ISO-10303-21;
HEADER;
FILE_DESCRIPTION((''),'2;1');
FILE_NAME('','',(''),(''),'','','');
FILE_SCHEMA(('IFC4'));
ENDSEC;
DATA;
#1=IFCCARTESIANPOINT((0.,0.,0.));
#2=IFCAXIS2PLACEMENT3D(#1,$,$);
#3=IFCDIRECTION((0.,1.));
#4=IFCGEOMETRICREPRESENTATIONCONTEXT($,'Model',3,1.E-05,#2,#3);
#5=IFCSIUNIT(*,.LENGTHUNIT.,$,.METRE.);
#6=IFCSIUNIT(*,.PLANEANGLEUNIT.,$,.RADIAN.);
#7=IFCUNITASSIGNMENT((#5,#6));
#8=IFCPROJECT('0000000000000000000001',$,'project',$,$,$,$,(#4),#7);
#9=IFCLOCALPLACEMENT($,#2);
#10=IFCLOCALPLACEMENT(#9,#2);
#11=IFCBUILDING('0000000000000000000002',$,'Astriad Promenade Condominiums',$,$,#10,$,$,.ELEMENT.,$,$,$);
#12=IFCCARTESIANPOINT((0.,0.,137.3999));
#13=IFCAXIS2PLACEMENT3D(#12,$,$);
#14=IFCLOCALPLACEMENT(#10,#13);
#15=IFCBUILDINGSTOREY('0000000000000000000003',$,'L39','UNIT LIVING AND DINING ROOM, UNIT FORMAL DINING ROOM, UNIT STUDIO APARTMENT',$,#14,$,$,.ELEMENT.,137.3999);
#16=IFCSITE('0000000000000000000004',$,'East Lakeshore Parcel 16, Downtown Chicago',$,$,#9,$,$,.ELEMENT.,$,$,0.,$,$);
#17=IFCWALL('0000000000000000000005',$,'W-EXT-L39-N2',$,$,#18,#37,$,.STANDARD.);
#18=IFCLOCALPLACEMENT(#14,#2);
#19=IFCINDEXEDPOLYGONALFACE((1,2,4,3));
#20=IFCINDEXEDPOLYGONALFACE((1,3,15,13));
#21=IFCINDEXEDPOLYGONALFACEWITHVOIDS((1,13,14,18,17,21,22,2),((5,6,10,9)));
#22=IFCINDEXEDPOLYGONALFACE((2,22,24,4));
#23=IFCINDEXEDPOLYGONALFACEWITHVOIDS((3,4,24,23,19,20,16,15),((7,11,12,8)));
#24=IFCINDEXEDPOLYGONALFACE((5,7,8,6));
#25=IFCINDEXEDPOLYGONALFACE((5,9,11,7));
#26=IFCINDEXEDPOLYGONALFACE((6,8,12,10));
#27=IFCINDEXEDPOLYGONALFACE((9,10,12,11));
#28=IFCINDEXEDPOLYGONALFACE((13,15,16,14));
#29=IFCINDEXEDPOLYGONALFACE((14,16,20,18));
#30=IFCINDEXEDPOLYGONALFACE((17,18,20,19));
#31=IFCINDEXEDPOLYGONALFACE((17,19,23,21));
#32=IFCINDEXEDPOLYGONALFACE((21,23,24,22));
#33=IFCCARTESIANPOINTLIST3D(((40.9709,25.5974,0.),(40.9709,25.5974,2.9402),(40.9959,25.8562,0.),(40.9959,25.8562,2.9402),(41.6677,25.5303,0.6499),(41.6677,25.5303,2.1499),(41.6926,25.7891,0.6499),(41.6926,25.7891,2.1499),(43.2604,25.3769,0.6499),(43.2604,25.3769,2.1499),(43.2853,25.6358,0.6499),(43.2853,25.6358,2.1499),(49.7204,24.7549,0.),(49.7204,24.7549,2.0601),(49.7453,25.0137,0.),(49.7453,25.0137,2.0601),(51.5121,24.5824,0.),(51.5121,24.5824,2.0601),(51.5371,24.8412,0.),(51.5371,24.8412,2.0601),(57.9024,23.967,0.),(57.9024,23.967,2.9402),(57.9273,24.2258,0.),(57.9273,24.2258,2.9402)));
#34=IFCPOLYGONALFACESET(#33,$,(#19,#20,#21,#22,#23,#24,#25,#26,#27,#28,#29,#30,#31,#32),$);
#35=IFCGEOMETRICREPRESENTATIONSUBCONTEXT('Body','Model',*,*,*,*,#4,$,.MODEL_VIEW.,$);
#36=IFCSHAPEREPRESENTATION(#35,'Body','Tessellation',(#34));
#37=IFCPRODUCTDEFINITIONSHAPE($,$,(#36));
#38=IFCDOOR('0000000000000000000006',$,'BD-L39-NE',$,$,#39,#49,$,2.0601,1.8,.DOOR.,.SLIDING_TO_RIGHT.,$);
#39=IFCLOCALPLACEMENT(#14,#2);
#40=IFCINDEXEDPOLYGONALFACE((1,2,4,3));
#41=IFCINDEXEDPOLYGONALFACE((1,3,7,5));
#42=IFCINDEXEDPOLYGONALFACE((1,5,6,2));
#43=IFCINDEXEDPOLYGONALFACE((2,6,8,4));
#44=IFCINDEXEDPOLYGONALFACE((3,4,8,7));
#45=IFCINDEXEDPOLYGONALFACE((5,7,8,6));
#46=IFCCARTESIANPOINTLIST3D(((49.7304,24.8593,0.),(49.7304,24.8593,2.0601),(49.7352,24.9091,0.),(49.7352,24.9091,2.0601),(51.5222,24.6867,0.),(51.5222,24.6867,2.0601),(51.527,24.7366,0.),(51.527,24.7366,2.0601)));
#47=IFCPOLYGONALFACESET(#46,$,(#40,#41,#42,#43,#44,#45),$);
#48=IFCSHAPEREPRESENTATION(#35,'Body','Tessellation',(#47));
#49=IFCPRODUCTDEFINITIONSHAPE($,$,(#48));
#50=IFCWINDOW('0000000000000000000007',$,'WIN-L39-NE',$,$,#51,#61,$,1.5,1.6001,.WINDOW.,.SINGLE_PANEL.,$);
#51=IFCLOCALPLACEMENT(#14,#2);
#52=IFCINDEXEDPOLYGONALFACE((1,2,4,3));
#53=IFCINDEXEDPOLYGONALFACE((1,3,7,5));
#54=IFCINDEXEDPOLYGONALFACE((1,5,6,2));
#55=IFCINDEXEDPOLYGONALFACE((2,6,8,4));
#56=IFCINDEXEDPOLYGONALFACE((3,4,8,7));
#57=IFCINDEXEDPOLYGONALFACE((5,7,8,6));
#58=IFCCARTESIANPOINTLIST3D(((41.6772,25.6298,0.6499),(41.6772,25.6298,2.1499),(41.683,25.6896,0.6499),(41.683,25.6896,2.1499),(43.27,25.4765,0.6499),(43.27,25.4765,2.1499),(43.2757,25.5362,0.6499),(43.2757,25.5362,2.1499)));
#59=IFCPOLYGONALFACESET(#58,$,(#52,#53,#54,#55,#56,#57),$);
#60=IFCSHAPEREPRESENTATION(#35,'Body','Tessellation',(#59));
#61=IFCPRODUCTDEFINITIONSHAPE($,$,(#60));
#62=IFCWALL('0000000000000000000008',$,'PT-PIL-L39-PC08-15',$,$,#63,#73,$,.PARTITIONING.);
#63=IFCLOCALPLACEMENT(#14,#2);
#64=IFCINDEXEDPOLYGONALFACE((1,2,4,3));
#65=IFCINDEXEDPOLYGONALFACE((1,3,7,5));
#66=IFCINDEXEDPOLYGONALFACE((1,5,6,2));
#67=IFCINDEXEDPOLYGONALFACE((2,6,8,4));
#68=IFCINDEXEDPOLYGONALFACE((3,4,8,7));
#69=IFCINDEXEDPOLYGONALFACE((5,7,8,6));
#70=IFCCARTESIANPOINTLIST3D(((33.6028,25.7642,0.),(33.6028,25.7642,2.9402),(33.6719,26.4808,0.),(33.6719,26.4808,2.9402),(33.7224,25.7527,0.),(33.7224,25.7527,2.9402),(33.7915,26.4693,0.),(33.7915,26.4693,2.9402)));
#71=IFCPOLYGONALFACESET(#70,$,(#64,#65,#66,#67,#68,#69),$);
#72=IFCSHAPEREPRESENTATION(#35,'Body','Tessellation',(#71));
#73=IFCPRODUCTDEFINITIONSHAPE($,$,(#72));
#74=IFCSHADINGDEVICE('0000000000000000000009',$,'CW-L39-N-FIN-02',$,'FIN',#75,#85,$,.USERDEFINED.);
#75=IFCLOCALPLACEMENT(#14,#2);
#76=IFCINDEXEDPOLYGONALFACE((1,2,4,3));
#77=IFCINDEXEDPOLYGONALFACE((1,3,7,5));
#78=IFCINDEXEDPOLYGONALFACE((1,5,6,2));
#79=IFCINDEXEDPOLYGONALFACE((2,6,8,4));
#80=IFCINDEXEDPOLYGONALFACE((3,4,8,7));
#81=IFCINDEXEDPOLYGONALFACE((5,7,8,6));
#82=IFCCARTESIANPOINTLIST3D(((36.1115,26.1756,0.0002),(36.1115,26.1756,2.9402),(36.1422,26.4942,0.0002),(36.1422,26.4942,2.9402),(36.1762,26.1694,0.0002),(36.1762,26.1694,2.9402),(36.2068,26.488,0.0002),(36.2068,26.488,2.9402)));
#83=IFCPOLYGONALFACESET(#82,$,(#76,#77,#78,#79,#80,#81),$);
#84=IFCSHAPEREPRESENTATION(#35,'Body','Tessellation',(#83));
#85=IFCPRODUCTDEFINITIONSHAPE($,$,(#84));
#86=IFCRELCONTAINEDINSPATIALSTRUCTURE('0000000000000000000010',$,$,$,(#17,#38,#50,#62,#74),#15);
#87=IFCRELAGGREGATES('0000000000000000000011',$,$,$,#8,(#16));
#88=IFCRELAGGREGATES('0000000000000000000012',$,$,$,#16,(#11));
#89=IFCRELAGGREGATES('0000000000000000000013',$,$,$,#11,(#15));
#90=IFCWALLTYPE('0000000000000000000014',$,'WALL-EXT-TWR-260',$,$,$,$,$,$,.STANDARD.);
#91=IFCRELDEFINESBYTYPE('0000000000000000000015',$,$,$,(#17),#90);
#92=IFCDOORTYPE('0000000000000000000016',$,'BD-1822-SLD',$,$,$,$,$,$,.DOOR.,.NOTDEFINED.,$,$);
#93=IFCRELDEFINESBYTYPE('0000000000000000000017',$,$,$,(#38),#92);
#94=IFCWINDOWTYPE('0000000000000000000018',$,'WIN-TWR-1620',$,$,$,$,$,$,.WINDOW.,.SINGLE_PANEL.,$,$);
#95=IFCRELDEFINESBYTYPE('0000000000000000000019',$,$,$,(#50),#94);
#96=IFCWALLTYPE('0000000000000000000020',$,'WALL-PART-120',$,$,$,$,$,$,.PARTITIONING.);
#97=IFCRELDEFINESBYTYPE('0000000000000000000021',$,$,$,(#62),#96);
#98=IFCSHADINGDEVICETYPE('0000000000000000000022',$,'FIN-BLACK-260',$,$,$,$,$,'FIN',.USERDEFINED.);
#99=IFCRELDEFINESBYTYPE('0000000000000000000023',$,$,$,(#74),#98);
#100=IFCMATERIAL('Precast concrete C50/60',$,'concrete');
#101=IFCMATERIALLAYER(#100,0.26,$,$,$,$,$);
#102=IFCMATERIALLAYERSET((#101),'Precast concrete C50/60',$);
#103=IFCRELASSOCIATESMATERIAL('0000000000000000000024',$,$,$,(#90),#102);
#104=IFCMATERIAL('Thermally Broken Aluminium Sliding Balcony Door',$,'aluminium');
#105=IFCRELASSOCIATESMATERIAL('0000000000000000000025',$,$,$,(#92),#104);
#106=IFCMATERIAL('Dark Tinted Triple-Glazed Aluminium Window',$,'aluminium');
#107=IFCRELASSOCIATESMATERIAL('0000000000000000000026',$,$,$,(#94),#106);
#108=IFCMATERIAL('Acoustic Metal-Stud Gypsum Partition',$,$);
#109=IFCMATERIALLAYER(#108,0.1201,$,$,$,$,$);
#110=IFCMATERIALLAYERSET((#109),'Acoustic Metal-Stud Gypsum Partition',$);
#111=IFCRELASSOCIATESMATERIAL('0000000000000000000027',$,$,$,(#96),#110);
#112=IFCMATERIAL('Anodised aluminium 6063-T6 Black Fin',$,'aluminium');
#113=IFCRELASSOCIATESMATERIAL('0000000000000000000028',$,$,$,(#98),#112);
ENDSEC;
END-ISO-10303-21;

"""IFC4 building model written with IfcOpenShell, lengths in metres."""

from ifc_helpers import new_model, si_unit, direction, frame, frame_2d, origin, origin_2d, place, context, subcontext, project, spatial, rectangle, extrude, source, transform, mapped, material, layer, layer_set, type_object, type_shapes, element, fill, save


model = new_model("IFC4")

# Units and contexts
model_context = context("Model", 3, precision=1e-05, world=origin(), true_north=direction((0.0, 1.0)))
body_context = subcontext(model_context, "Body", "Model", "MODEL_VIEW")
ifc_project = project(units=[si_unit("LENGTHUNIT", "METRE"), si_unit("PLANEANGLEUNIT", "RADIAN")], contexts=[model_context])

# Site, building, storey
site_placement = place(None, origin())
site = spatial("IfcSite", under=ifc_project, at=site_placement, Name="East Lakeshore Parcel 16, Downtown Chicago", CompositionType="ELEMENT", RefElevation=0.0)
building_placement = place(site_placement, origin())
building = spatial("IfcBuilding", under=site, at=building_placement, Name="Astriad Promenade Condominiums", CompositionType="ELEMENT")
storey_placement = place(building_placement, frame((0.0, 0.0, 137.3999)))
storey = spatial("IfcBuildingStorey", under=building, at=storey_placement, Name="L39", Description="UNIT LIVING AND DINING ROOM, UNIT FORMAL DINING ROOM, UNIT STUDIO APARTMENT", CompositionType="ELEMENT", Elevation=137.3999)

# Wall, openings, door, window
ifc_material_1 = material(Name="Precast concrete C50/60", Category="concrete")
ifc_layer_1 = layer(ifc_material_1, 0.26)
ifc_layer_set_1 = layer_set([ifc_layer_1], Name="Precast concrete C50/60")
wall_type_1 = type_object("IfcWallType", Name="WALL-EXT-TWR-260", PredefinedType="STANDARD", material=ifc_layer_set_1)
wall_1_placement = place(storey_placement, frame((40.9834, 25.7268, 0.0), z_axis=(0.0, 0.0, 1.0), x_axis=(0.995396, -0.095849, 0.0)))
wall_1 = element("IfcWall", 1, at=wall_1_placement, inside=storey, type_object=wall_type_1, Name="W-EXT-L39-N2", PredefinedType="STANDARD", context=body_context, shape_type="SweptSolid", body=[
    extrude(rectangle(XDim=17.0098, YDim=0.26, at=frame_2d((8.5049, 0.0))), origin(), (0.0, 0.0, 1.0), 2.9402),
])
opening_1_placement = place(wall_1_placement, frame((8.79, 0.0, 0.0)))
opening_1 = element("IfcOpeningElement", 2, at=opening_1_placement, cuts=wall_1, PredefinedType="OPENING", context=body_context, shape_type="SweptSolid", body=[
    extrude(rectangle(XDim=1.8, YDim=2.0601, at=frame_2d((0.8999, 1.03))), frame((0.0, 0.1399, 0.0), z_axis=(0.0, -1.0, 0.0), x_axis=(1.0, 0.0, 0.0)), (0.0, 0.0, 1.0), 0.28),
])
opening_2_placement = place(wall_1_placement, frame((0.7, 0.0, 0.6499)))
opening_2 = element("IfcOpeningElement", 3, at=opening_2_placement, cuts=wall_1, PredefinedType="OPENING", context=body_context, shape_type="SweptSolid", body=[
    extrude(rectangle(XDim=1.6001, YDim=1.5, at=frame_2d((0.8, 0.75))), frame((0.0, 0.1399, 0.0), z_axis=(0.0, -1.0, 0.0), x_axis=(1.0, 0.0, 0.0)), (0.0, 0.0, 1.0), 0.28),
])
ifc_material_2 = material(Name="Thermally Broken Aluminium Sliding Balcony Door", Category="aluminium")
door_type = type_object("IfcDoorType", Name="BD-1822-SLD", OperationType="NOTDEFINED", PredefinedType="DOOR", material=ifc_material_2)
shared_shape_1 = source(origin(), body_context, "Body", "SweptSolid", [
    extrude(rectangle(XDim=1.8, YDim=2.0601, at=frame_2d((0.8999, 1.03))), frame((0.0, 0.0249, 0.0), z_axis=(0.0, -1.0, 0.0), x_axis=(1.0, 0.0, 0.0)), (0.0, 0.0, 1.0), 0.05),
])
type_shapes(door_type, [shared_shape_1])
door_placement = place(opening_1_placement, origin())
door = element("IfcDoor", 4, at=door_placement, inside=storey, type_object=door_type, Name="BD-L39-NE", OperationType="SLIDING_TO_RIGHT", OverallHeight=2.0601, OverallWidth=1.8, PredefinedType="DOOR", context=body_context, shape_type="MappedRepresentation", body=[
    mapped(shared_shape_1, transform((0.0, 0.0, 0.0), scale=1.0)),
])
fill(opening_1, door)
ifc_material_3 = material(Name="Dark Tinted Triple-Glazed Aluminium Window", Category="aluminium")
window_type = type_object("IfcWindowType", Name="WIN-TWR-1620", PartitioningType="SINGLE_PANEL", PredefinedType="WINDOW", material=ifc_material_3)
shared_shape_2 = source(origin(), body_context, "Body", "SweptSolid", [
    extrude(rectangle(XDim=1.6001, YDim=1.5, at=frame_2d((0.8, 0.75))), frame((0.0, 0.03, 0.0), z_axis=(0.0, -1.0, 0.0), x_axis=(1.0, 0.0, 0.0)), (0.0, 0.0, 1.0), 0.0601),
])
type_shapes(window_type, [shared_shape_2])
window_placement = place(opening_2_placement, origin())
window = element("IfcWindow", 5, at=window_placement, inside=storey, type_object=window_type, Name="WIN-L39-NE", OverallHeight=1.5, OverallWidth=1.6001, PartitioningType="SINGLE_PANEL", PredefinedType="WINDOW", context=body_context, shape_type="MappedRepresentation", body=[
    mapped(shared_shape_2, transform((0.0, 0.0, 0.0), scale=1.0)),
])
fill(opening_2, window)

# Wall
ifc_material_4 = material(Name="Acoustic Metal-Stud Gypsum Partition")
ifc_layer_2 = layer(ifc_material_4, 0.1201)
ifc_layer_set_2 = layer_set([ifc_layer_2], Name="Acoustic Metal-Stud Gypsum Partition")
wall_type_2 = type_object("IfcWallType", Name="WALL-PART-120", PredefinedType="PARTITIONING", material=ifc_layer_set_2)
wall_2_placement = place(storey_placement, frame((33.6626, 25.7585, 0.0), z_axis=(0.0, 0.0, 1.0), x_axis=(0.095977, 0.995384, 0.0)))
element("IfcWall", 6, at=wall_2_placement, inside=storey, type_object=wall_type_2, Name="PT-PIL-L39-PC08-15", PredefinedType="PARTITIONING", context=body_context, shape_type="SweptSolid", body=[
    extrude(rectangle(XDim=0.72, YDim=0.1201, at=frame_2d((0.3599, 0.0))), origin(), (0.0, 0.0, 1.0), 2.9402),
])

# Shading device
ifc_material_5 = material(Name="Anodised aluminium 6063-T6 Black Fin", Category="aluminium")
shading_device_type = type_object("IfcShadingDeviceType", Name="FIN-BLACK-260", ElementType="FIN", PredefinedType="USERDEFINED", material=ifc_material_5)
shared_shape_3 = source(origin(), body_context, "Body", "SweptSolid", [
    extrude(rectangle(XDim=0.0649, YDim=0.3201, at=origin_2d()), origin(), (0.0, 0.0, 1.0), 2.9399),
])
type_shapes(shading_device_type, [shared_shape_3])
shading_device_placement = place(storey_placement, frame((36.1592, 26.3318, 0.0002), z_axis=(0.0, 0.0, 1.0), x_axis=(0.995396, -0.095846, 0.0)))
element("IfcShadingDevice", 7, at=shading_device_placement, inside=storey, type_object=shading_device_type, Name="CW-L39-N-FIN-02", ObjectType="FIN", PredefinedType="USERDEFINED", context=body_context, shape_type="MappedRepresentation", body=[
    mapped(shared_shape_3, transform((0.0, 0.0, 0.0), scale=1.0)),
])

save(model, "model.ifc")
